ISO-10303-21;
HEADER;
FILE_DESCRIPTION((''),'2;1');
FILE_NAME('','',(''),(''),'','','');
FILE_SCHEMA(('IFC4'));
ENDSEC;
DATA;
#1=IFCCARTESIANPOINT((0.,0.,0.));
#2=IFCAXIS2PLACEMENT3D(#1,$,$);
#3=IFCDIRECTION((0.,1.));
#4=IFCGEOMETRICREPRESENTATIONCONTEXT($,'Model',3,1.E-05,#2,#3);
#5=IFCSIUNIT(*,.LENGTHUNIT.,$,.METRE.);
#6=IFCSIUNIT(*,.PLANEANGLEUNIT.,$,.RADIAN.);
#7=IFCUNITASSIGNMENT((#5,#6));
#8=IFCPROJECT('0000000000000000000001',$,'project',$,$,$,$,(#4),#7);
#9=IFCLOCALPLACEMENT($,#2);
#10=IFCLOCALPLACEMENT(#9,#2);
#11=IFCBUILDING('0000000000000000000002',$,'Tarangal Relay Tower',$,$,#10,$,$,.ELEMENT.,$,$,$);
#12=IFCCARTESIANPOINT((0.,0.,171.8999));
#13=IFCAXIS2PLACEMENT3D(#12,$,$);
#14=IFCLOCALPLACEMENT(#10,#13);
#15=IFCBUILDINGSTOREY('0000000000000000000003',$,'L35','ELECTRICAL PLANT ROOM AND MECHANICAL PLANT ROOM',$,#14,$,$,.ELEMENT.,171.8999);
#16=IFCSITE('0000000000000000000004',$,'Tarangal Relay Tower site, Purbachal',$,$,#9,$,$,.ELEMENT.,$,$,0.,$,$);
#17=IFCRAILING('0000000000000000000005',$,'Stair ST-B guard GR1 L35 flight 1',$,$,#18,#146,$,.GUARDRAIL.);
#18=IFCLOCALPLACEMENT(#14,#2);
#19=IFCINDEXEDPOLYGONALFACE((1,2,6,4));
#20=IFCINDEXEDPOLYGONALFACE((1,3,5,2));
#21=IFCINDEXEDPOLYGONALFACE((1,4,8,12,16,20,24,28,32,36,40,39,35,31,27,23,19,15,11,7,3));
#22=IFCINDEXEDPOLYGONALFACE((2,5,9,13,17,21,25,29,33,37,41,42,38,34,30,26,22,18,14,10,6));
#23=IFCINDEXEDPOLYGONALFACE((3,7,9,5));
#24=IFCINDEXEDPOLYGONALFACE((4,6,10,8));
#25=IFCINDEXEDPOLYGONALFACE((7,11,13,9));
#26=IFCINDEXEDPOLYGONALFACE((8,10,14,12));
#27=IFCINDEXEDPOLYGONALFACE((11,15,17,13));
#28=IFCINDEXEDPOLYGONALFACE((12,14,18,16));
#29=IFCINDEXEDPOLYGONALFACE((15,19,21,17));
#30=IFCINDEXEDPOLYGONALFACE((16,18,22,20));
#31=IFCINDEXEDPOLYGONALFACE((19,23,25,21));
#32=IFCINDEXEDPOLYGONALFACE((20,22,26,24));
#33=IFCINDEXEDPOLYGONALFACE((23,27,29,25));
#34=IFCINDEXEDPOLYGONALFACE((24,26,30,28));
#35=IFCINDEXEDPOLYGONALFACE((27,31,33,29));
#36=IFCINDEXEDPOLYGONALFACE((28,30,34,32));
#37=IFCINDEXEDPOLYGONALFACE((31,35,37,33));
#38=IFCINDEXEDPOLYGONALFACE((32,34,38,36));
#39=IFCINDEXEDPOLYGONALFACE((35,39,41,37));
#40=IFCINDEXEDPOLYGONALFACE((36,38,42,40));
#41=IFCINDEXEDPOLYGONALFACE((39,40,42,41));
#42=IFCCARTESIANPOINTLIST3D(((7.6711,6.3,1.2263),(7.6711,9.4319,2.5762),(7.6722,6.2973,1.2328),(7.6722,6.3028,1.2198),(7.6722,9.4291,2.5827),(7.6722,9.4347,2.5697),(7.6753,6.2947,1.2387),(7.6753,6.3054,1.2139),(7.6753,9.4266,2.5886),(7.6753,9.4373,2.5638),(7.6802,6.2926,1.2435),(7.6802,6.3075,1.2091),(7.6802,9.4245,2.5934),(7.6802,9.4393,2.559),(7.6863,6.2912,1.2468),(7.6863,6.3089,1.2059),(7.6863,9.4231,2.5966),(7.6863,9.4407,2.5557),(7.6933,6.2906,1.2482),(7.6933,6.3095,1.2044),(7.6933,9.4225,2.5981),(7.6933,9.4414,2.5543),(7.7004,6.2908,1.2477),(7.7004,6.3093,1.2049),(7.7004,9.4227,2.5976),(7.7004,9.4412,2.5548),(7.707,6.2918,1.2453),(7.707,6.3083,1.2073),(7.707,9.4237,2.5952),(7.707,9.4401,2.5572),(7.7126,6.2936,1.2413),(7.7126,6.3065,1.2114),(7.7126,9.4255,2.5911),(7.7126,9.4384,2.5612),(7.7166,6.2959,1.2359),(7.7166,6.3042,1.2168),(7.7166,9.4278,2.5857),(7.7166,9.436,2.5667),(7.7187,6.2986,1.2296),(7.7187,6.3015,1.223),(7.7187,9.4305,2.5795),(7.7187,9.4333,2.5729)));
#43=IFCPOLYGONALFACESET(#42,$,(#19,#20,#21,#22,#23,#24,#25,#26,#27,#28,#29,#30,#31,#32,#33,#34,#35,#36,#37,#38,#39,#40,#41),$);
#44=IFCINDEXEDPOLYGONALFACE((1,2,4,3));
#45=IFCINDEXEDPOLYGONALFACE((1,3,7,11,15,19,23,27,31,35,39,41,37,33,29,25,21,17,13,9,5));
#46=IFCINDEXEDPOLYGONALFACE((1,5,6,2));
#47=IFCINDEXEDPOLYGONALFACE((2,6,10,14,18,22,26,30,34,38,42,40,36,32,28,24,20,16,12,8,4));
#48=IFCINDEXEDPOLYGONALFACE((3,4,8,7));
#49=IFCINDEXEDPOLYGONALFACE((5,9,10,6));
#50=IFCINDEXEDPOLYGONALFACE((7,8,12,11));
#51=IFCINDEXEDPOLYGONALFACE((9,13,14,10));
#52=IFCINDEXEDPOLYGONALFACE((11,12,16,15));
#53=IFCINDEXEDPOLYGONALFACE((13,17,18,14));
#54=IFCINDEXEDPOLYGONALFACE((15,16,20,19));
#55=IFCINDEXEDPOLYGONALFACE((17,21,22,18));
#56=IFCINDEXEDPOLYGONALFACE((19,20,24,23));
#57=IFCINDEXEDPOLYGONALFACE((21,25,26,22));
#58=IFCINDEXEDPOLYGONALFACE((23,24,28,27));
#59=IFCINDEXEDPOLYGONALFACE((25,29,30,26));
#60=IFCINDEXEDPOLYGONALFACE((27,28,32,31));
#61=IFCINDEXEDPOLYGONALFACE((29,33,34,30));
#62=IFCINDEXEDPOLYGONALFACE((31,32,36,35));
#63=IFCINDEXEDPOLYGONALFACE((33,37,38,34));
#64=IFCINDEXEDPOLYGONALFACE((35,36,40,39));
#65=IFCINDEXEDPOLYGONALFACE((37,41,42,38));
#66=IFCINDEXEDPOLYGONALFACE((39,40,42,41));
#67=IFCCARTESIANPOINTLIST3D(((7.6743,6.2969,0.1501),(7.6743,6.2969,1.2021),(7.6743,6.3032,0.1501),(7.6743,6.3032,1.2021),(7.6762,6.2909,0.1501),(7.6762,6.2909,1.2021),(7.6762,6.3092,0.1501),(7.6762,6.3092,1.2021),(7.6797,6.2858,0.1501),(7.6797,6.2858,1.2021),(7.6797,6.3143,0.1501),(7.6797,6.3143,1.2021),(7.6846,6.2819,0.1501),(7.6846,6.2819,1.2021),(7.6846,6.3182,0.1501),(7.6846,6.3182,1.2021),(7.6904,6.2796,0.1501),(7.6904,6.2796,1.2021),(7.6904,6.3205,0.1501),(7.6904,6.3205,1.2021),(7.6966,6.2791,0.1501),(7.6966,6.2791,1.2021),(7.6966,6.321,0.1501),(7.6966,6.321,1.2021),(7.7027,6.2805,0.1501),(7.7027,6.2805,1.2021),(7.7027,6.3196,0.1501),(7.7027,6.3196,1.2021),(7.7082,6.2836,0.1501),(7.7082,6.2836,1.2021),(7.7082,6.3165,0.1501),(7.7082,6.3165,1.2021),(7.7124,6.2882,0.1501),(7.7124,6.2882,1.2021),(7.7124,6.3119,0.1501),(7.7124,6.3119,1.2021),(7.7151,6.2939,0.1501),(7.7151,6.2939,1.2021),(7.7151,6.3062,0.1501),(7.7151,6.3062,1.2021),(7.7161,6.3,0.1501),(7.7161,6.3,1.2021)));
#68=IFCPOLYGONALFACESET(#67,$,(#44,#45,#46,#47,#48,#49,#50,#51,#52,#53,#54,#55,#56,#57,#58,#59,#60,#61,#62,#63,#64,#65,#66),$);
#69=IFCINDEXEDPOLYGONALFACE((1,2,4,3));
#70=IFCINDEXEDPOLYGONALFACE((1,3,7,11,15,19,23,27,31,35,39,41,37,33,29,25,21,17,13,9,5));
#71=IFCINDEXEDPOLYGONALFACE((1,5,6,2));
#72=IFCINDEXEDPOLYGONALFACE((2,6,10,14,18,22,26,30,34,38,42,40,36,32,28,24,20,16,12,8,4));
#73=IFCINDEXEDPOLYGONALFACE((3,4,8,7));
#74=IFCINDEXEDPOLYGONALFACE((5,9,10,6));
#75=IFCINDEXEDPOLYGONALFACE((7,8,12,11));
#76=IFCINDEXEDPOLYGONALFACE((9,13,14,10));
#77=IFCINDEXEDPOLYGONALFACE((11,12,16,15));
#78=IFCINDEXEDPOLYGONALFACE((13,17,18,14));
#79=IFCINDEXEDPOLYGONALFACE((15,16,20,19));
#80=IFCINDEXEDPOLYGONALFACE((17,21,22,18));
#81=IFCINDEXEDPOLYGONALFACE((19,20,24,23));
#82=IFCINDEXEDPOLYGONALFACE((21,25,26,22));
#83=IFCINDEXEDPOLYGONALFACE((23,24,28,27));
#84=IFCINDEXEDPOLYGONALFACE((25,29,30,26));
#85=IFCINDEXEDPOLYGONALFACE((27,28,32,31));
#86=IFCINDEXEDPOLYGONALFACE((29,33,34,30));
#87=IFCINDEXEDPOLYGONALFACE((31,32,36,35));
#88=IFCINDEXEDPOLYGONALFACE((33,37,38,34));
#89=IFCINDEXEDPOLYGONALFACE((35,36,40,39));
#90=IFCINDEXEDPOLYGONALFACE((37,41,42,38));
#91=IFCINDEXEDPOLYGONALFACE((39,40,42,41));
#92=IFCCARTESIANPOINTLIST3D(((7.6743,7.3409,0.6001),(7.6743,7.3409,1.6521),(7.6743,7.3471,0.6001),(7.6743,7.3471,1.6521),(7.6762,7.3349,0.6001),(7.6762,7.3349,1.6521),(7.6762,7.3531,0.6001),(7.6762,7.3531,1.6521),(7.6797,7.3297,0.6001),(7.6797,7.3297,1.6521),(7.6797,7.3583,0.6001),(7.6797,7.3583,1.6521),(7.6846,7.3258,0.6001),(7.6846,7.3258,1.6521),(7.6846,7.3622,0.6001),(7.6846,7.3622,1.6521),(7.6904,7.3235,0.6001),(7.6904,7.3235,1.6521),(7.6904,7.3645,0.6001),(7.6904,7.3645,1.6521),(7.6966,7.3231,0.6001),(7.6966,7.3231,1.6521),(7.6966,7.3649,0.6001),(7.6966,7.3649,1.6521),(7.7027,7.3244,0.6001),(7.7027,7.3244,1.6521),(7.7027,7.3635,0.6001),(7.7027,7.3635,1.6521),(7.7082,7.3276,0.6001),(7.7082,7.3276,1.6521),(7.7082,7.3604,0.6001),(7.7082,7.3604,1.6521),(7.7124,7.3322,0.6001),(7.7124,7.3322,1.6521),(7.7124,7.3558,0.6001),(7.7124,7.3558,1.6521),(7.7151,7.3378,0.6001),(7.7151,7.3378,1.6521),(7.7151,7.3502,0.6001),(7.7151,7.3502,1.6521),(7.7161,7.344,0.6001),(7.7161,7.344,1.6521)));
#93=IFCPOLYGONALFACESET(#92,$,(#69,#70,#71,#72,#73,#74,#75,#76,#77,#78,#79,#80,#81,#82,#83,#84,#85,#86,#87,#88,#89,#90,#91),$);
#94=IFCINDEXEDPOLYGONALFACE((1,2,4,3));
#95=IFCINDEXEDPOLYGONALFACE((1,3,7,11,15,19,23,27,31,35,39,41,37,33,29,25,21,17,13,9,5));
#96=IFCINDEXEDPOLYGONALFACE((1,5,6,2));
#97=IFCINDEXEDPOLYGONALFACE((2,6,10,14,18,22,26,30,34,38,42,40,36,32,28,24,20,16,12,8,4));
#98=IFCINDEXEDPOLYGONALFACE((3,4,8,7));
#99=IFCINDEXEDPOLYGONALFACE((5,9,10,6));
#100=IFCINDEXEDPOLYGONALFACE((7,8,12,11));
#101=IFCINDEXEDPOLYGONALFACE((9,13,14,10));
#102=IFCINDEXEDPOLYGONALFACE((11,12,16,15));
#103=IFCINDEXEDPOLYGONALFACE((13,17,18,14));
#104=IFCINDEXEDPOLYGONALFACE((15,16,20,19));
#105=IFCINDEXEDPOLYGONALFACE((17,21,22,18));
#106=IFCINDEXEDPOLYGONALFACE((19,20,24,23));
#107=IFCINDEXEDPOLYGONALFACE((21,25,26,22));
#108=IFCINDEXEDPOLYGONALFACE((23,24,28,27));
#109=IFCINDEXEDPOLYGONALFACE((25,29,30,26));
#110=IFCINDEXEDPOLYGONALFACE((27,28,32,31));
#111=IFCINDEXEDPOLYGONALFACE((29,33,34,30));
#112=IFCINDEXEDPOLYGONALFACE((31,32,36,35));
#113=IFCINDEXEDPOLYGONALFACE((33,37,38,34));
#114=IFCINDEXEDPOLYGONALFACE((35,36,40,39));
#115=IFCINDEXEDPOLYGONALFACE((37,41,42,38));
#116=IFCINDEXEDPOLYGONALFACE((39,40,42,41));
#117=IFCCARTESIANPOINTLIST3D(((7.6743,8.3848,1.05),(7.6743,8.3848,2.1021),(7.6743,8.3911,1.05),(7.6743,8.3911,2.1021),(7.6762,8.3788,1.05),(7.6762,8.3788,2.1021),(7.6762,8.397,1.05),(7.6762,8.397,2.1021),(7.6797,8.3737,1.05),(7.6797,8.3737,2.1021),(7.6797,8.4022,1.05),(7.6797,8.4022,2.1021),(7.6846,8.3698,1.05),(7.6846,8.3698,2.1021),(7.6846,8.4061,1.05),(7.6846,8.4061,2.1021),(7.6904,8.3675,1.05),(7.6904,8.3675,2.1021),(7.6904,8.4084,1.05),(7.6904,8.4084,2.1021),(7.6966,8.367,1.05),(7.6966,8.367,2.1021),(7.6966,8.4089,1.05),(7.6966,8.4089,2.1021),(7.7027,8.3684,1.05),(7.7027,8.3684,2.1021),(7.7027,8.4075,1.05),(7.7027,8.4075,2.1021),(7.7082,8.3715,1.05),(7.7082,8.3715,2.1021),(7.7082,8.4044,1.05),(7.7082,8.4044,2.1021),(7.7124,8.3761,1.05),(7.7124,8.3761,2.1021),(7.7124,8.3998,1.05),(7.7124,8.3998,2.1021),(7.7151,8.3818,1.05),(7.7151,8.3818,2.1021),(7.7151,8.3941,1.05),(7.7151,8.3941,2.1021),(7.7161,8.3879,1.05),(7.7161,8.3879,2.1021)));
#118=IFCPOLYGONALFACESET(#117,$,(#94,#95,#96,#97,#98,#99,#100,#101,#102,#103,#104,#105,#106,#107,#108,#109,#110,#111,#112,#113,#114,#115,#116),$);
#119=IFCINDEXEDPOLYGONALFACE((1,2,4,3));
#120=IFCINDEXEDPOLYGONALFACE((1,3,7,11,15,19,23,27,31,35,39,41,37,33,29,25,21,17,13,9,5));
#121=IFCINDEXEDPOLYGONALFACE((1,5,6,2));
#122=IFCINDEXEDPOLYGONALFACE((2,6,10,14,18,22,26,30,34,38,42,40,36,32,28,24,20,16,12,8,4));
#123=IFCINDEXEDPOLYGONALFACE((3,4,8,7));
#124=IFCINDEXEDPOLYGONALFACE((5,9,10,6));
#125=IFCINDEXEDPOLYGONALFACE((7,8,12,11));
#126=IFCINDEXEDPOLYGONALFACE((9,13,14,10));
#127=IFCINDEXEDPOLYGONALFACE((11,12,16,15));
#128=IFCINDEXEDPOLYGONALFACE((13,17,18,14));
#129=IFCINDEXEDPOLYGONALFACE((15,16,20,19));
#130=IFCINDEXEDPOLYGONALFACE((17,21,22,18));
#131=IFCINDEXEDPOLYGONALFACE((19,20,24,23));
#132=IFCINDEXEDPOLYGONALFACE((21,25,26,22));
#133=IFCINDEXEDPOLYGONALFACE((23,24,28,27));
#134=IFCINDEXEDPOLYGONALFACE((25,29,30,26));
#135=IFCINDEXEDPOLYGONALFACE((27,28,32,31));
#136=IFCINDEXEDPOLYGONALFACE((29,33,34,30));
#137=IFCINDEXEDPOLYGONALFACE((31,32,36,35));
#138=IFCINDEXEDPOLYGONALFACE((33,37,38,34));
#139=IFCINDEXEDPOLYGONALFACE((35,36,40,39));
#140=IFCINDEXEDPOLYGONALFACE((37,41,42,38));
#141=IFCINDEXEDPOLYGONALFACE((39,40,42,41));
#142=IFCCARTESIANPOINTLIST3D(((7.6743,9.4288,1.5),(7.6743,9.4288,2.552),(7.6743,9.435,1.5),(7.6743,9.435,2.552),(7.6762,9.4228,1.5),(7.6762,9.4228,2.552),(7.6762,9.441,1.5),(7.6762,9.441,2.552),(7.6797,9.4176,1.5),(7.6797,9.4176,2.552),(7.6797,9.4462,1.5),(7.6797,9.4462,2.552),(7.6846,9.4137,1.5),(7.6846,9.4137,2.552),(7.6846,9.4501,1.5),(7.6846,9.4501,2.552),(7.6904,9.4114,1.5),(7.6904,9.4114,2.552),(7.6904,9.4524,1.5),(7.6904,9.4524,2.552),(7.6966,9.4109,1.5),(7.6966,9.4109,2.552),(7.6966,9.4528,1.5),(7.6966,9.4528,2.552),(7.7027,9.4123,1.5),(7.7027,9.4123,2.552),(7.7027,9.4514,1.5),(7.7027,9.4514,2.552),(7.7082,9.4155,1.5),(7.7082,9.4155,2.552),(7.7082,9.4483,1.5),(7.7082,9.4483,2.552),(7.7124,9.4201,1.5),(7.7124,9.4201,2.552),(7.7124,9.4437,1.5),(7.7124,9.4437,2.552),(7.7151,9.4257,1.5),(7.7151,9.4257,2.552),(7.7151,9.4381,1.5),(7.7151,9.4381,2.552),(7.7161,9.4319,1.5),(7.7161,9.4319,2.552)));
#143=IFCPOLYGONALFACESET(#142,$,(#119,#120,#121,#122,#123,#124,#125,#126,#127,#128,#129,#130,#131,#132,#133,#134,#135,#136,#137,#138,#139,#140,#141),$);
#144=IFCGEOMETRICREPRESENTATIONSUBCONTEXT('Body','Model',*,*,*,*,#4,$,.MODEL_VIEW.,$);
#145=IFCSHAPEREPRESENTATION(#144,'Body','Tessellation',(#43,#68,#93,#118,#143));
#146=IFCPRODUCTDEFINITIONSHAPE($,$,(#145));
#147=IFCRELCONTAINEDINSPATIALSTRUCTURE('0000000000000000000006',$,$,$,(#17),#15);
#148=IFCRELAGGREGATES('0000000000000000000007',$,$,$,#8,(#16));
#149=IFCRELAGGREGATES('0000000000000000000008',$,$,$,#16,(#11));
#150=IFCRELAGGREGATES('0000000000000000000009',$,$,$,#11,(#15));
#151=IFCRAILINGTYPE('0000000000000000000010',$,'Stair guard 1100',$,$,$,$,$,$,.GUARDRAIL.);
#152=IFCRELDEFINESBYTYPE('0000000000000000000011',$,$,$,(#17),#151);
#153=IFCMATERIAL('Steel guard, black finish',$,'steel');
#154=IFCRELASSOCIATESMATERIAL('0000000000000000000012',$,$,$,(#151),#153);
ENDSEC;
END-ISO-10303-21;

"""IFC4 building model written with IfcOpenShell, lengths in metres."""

from ifc_helpers import new_model, si_unit, direction, frame, origin, origin_2d, place, context, subcontext, project, spatial, circle, extrude, material, type_object, element, save


model = new_model("IFC4")

# Units and contexts
model_context = context("Model", 3, precision=1e-05, world=origin(), true_north=direction((0.0, 1.0)))
body_context = subcontext(model_context, "Body", "Model", "MODEL_VIEW")
ifc_project = project(units=[si_unit("LENGTHUNIT", "METRE"), si_unit("PLANEANGLEUNIT", "RADIAN")], contexts=[model_context])

# Site, building, storey
site_placement = place(None, origin())
site = spatial("IfcSite", under=ifc_project, at=site_placement, Name="Tarangal Relay Tower site, Purbachal", CompositionType="ELEMENT", RefElevation=0.0)
building_placement = place(site_placement, origin())
building = spatial("IfcBuilding", under=site, at=building_placement, Name="Tarangal Relay Tower", CompositionType="ELEMENT")
storey_placement = place(building_placement, frame((0.0, 0.0, 171.8999)))
storey = spatial("IfcBuildingStorey", under=building, at=storey_placement, Name="L35", Description="ELECTRICAL PLANT ROOM AND MECHANICAL PLANT ROOM", CompositionType="ELEMENT", Elevation=171.8999)

# Railing
ifc_material_1 = material(Name="Steel guard, black finish", Category="steel")
railing_type_1 = type_object("IfcRailingType", Name="Stair guard 1100", PredefinedType="GUARDRAIL", material=ifc_material_1)
railing_1_placement = place(storey_placement, frame((7.6951, 6.3, 0.1501)))
element("IfcRailing", 1, at=railing_1_placement, inside=storey, type_object=railing_type_1, Name="Stair ST-B guard GR1 L35 flight 1", PredefinedType="GUARDRAIL", context=body_context, shape_type="SweptSolid", body=[
    extrude(circle(Radius=0.0239, at=origin_2d()), frame((0.0, 0.0, 1.0762), z_axis=(0.0, 0.918332, 0.395811), x_axis=(-1.0, 0.0, 0.0)), (0.0, 0.0, 1.0), 3.4104),
    extrude(circle(Radius=0.021, at=origin_2d()), origin(), (0.0, 0.0, 1.0), 1.052),
    extrude(circle(Radius=0.021, at=origin_2d()), frame((0.0, 1.0439, 0.45)), (0.0, 0.0, 1.0), 1.052),
    extrude(circle(Radius=0.021, at=origin_2d()), frame((0.0, 2.0879, 0.8999)), (0.0, 0.0, 1.0), 1.052),
    extrude(circle(Radius=0.021, at=origin_2d()), frame((0.0, 3.1318, 1.3499)), (0.0, 0.0, 1.0), 1.052),
])

save(model, "model.ifc")
